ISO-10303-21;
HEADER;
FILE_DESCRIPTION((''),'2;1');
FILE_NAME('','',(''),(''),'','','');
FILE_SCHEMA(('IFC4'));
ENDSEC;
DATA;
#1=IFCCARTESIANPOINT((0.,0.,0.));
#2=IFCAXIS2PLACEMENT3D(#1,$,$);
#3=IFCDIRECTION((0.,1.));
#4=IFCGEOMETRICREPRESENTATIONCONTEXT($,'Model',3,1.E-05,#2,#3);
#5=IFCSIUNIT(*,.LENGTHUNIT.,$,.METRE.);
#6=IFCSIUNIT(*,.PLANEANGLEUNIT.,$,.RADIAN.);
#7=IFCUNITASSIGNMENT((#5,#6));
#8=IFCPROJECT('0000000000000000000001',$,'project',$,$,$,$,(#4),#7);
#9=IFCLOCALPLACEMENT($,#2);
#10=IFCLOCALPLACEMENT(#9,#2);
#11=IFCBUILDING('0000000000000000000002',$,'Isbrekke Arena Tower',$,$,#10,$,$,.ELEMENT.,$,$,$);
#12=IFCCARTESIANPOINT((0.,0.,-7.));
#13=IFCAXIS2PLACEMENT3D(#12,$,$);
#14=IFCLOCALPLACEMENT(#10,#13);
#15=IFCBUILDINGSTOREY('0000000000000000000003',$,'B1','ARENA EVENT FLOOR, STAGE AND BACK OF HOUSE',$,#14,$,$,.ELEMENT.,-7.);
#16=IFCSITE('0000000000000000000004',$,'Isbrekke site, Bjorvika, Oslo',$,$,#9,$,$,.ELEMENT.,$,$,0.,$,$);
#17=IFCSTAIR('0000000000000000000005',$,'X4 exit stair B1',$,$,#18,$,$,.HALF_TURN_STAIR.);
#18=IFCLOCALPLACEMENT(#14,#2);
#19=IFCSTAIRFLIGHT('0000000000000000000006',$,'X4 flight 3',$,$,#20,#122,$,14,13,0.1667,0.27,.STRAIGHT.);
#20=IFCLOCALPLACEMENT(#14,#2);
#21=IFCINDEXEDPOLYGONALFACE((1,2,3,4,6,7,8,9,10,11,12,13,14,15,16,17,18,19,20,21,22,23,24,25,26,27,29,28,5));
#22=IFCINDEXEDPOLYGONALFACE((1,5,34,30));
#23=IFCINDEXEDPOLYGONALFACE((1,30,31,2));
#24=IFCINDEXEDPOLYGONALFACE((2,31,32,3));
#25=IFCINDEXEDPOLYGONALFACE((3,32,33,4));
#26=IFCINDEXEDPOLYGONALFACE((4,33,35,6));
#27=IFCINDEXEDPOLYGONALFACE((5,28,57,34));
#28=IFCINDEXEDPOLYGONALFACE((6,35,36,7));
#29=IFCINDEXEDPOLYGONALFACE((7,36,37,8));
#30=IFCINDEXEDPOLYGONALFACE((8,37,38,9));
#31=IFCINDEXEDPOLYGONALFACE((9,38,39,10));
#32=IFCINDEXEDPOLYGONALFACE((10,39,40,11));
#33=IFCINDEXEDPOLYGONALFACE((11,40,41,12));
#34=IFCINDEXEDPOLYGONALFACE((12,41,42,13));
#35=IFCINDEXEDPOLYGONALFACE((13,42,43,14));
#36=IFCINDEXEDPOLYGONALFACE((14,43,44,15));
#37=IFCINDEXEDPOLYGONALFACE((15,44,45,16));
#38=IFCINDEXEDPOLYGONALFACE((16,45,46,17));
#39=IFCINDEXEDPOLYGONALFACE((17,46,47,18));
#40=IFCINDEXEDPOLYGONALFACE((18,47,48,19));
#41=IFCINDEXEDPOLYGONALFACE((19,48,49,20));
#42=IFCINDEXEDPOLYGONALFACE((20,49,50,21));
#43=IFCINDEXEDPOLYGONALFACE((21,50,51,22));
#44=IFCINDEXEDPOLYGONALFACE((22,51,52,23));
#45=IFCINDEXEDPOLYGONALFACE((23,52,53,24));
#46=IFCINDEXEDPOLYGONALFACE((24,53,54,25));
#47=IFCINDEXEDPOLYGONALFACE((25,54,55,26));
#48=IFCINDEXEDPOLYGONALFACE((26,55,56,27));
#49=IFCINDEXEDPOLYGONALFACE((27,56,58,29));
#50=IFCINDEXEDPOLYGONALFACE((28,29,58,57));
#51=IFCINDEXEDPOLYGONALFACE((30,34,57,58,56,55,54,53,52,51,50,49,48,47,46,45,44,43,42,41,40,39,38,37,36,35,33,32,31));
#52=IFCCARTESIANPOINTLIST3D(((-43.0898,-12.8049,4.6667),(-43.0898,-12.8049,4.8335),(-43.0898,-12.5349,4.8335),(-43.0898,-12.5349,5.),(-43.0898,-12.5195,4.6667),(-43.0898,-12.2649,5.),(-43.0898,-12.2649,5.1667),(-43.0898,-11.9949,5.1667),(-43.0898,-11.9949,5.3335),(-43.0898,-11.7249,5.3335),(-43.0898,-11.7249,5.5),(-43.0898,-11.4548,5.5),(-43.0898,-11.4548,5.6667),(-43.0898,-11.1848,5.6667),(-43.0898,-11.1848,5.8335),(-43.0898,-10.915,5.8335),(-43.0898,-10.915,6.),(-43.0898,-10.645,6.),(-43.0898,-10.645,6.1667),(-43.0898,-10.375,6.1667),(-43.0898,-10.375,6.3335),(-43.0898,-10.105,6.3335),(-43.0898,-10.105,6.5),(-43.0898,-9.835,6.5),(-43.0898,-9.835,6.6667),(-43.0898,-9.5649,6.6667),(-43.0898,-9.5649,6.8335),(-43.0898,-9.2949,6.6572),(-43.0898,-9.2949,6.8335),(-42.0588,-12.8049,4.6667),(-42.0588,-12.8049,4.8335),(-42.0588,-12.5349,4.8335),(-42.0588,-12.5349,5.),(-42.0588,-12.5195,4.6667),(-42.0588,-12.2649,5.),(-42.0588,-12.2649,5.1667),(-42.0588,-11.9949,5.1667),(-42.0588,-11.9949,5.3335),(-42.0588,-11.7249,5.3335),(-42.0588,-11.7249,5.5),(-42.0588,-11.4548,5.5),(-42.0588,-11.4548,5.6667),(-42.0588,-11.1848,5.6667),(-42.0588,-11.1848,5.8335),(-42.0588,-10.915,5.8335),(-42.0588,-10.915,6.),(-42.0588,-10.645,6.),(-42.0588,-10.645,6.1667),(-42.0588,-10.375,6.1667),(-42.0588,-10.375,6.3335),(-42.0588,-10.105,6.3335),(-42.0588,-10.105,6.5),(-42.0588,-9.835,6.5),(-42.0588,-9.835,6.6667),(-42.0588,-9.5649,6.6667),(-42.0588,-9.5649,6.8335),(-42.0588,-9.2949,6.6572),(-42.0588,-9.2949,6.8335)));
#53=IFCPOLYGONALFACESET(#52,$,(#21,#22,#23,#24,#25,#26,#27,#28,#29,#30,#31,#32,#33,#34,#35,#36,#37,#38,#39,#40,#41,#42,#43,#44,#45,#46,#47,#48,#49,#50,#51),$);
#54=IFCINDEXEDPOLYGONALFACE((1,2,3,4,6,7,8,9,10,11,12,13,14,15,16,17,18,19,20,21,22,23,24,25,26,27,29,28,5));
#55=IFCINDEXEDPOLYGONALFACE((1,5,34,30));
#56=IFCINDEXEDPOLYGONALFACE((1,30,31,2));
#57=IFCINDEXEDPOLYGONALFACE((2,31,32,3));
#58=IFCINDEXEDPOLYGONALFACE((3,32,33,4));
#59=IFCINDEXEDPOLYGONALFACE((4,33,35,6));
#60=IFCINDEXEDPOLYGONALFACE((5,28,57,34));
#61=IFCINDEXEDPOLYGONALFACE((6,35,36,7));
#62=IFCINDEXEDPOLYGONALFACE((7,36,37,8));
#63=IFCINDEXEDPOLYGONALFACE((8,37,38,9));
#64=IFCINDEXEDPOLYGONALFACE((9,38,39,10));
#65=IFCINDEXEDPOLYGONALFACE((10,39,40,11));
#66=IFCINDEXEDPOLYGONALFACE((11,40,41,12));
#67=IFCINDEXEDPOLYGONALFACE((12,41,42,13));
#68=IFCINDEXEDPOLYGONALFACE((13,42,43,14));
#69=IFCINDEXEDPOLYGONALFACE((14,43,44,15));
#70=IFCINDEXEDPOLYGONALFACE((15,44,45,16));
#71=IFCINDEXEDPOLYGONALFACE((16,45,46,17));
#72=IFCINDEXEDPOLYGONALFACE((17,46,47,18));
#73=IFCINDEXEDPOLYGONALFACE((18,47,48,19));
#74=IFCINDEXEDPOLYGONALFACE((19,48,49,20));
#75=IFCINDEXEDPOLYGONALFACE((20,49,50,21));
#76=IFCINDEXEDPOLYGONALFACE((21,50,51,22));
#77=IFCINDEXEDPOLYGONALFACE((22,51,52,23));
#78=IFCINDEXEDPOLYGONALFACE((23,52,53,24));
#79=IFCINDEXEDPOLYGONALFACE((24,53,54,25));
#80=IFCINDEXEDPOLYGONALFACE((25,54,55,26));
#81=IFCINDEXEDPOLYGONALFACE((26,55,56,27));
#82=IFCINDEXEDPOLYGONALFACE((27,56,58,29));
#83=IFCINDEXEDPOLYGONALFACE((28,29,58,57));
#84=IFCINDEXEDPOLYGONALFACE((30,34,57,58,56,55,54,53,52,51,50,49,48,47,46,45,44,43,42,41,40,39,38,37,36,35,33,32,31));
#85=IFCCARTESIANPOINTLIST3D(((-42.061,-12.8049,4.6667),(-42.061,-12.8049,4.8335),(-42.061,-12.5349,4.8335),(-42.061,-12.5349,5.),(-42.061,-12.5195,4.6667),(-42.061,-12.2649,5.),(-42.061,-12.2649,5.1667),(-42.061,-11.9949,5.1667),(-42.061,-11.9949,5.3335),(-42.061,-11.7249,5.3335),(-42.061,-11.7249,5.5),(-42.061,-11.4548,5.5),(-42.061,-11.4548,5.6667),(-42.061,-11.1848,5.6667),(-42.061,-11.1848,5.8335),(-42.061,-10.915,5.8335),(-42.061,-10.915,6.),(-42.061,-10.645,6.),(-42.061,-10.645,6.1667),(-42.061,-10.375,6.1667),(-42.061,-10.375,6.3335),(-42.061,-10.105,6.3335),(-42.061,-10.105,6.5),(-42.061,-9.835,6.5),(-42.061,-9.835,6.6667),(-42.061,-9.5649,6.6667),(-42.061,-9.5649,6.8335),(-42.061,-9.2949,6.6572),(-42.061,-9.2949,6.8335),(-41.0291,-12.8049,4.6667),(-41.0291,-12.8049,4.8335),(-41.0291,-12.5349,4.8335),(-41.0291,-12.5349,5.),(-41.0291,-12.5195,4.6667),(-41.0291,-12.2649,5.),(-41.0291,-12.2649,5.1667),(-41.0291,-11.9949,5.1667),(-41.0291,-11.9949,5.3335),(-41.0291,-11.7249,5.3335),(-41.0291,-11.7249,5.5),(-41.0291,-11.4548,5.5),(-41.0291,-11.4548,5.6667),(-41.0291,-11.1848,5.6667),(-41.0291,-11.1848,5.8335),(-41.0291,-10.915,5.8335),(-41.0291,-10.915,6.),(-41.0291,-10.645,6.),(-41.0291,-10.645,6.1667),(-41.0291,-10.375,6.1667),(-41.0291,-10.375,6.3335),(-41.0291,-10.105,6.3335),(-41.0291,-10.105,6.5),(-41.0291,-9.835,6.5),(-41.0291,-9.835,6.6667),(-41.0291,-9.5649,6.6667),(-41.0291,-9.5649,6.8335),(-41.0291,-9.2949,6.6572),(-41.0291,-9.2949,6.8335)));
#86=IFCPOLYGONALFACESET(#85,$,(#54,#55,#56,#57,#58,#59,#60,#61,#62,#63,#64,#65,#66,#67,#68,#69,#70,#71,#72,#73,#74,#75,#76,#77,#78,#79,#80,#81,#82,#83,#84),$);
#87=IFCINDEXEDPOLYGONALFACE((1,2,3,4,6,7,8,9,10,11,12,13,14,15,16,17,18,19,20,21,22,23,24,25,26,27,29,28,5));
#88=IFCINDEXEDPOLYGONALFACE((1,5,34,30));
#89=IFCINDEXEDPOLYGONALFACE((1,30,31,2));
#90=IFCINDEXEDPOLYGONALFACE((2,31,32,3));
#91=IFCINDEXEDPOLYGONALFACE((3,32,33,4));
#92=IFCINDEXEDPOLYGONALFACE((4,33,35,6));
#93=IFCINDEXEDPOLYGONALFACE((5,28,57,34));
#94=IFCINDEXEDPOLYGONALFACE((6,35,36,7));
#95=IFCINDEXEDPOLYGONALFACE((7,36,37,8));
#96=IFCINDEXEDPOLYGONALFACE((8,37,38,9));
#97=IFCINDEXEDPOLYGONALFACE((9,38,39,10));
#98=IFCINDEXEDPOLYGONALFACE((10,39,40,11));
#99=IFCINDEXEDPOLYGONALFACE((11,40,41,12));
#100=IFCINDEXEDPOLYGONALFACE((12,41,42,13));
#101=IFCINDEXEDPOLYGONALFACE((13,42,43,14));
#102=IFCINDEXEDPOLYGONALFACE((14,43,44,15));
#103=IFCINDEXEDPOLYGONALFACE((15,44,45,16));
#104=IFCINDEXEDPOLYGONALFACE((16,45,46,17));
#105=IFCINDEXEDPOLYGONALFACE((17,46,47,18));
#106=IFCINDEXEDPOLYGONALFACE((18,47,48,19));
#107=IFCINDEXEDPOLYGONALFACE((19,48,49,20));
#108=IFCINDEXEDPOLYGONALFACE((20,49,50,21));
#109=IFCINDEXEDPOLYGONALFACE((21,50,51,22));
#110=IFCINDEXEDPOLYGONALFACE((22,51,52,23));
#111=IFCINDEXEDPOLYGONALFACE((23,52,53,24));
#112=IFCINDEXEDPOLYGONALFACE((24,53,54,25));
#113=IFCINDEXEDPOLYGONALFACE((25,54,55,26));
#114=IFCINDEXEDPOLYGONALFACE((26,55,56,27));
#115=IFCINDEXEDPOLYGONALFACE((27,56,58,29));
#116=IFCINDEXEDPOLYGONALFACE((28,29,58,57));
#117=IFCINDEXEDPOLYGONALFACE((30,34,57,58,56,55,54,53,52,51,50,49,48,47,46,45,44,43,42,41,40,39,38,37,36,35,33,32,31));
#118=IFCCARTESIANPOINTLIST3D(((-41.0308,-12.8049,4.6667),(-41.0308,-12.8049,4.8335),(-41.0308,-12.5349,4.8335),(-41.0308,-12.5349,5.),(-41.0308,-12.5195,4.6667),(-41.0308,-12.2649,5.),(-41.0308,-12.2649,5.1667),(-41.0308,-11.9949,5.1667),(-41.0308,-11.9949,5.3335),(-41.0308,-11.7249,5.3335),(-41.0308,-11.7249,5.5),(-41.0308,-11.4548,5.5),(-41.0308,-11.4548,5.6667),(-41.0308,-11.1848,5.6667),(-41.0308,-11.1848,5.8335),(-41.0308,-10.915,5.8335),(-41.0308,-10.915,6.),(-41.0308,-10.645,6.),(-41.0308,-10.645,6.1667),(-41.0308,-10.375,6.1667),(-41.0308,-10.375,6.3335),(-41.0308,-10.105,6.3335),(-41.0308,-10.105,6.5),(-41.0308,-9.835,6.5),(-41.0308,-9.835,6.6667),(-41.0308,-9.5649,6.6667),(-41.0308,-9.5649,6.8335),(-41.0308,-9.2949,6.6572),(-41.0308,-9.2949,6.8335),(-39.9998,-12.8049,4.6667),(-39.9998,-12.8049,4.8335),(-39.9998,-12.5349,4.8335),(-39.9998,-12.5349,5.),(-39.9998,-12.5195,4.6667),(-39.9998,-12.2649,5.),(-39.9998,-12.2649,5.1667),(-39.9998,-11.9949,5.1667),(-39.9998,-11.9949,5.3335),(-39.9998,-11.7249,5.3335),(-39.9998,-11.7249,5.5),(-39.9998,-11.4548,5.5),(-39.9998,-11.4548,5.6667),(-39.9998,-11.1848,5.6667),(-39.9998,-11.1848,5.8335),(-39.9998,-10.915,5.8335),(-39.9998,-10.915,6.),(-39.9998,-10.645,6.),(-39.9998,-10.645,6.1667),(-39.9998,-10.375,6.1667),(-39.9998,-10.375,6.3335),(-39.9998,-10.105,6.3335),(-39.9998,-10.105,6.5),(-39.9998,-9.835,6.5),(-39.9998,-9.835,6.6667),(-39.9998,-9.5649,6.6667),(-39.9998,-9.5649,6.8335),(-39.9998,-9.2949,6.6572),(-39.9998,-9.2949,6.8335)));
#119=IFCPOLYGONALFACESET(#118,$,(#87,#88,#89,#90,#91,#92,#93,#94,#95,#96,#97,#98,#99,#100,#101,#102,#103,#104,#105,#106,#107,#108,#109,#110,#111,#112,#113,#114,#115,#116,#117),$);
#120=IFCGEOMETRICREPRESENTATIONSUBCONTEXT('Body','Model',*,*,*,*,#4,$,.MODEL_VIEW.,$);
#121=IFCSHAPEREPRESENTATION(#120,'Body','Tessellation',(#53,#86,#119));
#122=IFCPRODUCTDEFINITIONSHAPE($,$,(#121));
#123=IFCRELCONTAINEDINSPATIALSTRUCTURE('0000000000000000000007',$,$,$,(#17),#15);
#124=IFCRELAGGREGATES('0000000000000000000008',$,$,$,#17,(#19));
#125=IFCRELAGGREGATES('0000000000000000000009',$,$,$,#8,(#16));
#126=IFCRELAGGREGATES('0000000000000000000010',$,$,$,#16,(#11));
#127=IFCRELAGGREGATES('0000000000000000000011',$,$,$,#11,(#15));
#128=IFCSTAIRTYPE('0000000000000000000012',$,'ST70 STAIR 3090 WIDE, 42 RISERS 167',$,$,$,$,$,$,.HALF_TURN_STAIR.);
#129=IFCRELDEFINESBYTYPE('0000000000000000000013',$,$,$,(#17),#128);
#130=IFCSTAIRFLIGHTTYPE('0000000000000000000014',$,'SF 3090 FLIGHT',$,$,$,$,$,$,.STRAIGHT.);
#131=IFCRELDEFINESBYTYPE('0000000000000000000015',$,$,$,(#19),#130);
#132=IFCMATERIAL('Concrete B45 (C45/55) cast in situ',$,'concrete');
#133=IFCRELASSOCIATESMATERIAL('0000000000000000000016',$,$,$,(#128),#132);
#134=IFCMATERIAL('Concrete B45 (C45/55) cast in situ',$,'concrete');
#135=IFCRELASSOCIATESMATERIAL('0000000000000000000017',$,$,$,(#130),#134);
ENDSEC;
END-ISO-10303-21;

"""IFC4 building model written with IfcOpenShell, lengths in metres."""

from ifc_helpers import new_model, si_unit, direction, frame, origin, place, context, subcontext, project, spatial, polyline, outline, extrude, material, type_object, element, aggregate, save


model = new_model("IFC4")

# Units and contexts
model_context = context("Model", 3, precision=1e-05, world=origin(), true_north=direction((0.0, 1.0)))
body_context = subcontext(model_context, "Body", "Model", "MODEL_VIEW")
ifc_project = project(units=[si_unit("LENGTHUNIT", "METRE"), si_unit("PLANEANGLEUNIT", "RADIAN")], contexts=[model_context])

# Site, building, storey
site_placement = place(None, origin())
site = spatial("IfcSite", under=ifc_project, at=site_placement, Name="Isbrekke site, Bjorvika, Oslo", CompositionType="ELEMENT", RefElevation=0.0)
building_placement = place(site_placement, origin())
building = spatial("IfcBuilding", under=site, at=building_placement, Name="Isbrekke Arena Tower", CompositionType="ELEMENT")
storey_placement = place(building_placement, frame((0.0, 0.0, -7.0)))
storey = spatial("IfcBuildingStorey", under=building, at=storey_placement, Name="B1", Description="ARENA EVENT FLOOR, STAGE AND BACK OF HOUSE", CompositionType="ELEMENT", Elevation=-7.0)

# Stair, stair flight
ifc_material_1 = material(Name="Concrete B45 (C45/55) cast in situ", Category="concrete")
stair_type = type_object("IfcStairType", Name="ST70 STAIR 3090 WIDE, 42 RISERS 167", PredefinedType="HALF_TURN_STAIR", material=ifc_material_1)
ifc_material_2 = material(Name="Concrete B45 (C45/55) cast in situ", Category="concrete")
stair_flight_type = type_object("IfcStairFlightType", Name="SF 3090 FLIGHT", PredefinedType="STRAIGHT", material=ifc_material_2)
stair_1_placement = place(storey_placement, origin())
stair_1 = element("IfcStair", 1, at=stair_1_placement, inside=storey, type_object=stair_type, Name="X4 exit stair B1", PredefinedType="HALF_TURN_STAIR")
stair_flight_1_placement = place(storey_placement, frame((-41.5449, -12.8049, 4.6667), z_axis=(0.0, 0.0, 1.0), x_axis=(0.0, 1.0, 0.0)))
stair_flight_1 = element("IfcStairFlight", 2, at=stair_flight_1_placement, type_object=stair_flight_type, Name="X4 flight 3", NumberOfRisers=14, NumberOfTreads=13, PredefinedType="STRAIGHT", RiserHeight=0.1667, TreadLength=0.27, context=body_context, shape_type="SweptSolid", body=[
    extrude(outline(polyline([(0.0, 0.0), (0.0, 0.1667), (0.27, 0.1667), (0.27, 0.3333), (0.54, 0.3333), (0.54, 0.5), (0.8101, 0.5), (0.8101, 0.6667), (1.0801, 0.6667), (1.0801, 0.8333), (1.3501, 0.8333), (1.3501, 1.0), (1.6201, 1.0), (1.6201, 1.1667), (1.8899, 1.1667), (1.8899, 1.3333), (2.1599, 1.3333), (2.1599, 1.5), (2.4299, 1.5), (2.4299, 1.6667), (2.7, 1.6667), (2.7, 1.8333), (2.97, 1.8333), (2.97, 2.0), (3.24, 2.0), (3.24, 2.1667), (3.51, 2.1667), (3.51, 2.3333), (3.51, 1.9905), (0.2854, 0.0), (0.0, 0.0)])), frame((0.0, 1.5449, 0.0), z_axis=(0.0, -1.0, 0.0), x_axis=(1.0, 0.0, 0.0)), (0.0, 0.0, 1.0), 1.031),
    extrude(outline(polyline([(0.0, 0.0), (0.0, 0.1667), (0.27, 0.1667), (0.27, 0.3333), (0.54, 0.3333), (0.54, 0.5), (0.8101, 0.5), (0.8101, 0.6667), (1.0801, 0.6667), (1.0801, 0.8333), (1.3501, 0.8333), (1.3501, 1.0), (1.6201, 1.0), (1.6201, 1.1667), (1.8899, 1.1667), (1.8899, 1.3333), (2.1599, 1.3333), (2.1599, 1.5), (2.4299, 1.5), (2.4299, 1.6667), (2.7, 1.6667), (2.7, 1.8333), (2.97, 1.8333), (2.97, 2.0), (3.24, 2.0), (3.24, 2.1667), (3.51, 2.1667), (3.51, 2.3333), (3.51, 1.9905), (0.2854, 0.0), (0.0, 0.0)])), frame((0.0, 0.5161, 0.0), z_axis=(0.0, -1.0, 0.0), x_axis=(1.0, 0.0, 0.0)), (0.0, 0.0, 1.0), 1.032),
    extrude(outline(polyline([(0.0, 0.0), (0.0, 0.1667), (0.27, 0.1667), (0.27, 0.3333), (0.54, 0.3333), (0.54, 0.5), (0.8101, 0.5), (0.8101, 0.6667), (1.0801, 0.6667), (1.0801, 0.8333), (1.3501, 0.8333), (1.3501, 1.0), (1.6201, 1.0), (1.6201, 1.1667), (1.8899, 1.1667), (1.8899, 1.3333), (2.1599, 1.3333), (2.1599, 1.5), (2.4299, 1.5), (2.4299, 1.6667), (2.7, 1.6667), (2.7, 1.8333), (2.97, 1.8333), (2.97, 2.0), (3.24, 2.0), (3.24, 2.1667), (3.51, 2.1667), (3.51, 2.3333), (3.51, 1.9905), (0.2854, 0.0), (0.0, 0.0)])), frame((0.0, -0.5142, 0.0), z_axis=(0.0, -1.0, 0.0), x_axis=(1.0, 0.0, 0.0)), (0.0, 0.0, 1.0), 1.031),
])
aggregate(stair_1, [stair_flight_1])

save(model, "model.ifc")
